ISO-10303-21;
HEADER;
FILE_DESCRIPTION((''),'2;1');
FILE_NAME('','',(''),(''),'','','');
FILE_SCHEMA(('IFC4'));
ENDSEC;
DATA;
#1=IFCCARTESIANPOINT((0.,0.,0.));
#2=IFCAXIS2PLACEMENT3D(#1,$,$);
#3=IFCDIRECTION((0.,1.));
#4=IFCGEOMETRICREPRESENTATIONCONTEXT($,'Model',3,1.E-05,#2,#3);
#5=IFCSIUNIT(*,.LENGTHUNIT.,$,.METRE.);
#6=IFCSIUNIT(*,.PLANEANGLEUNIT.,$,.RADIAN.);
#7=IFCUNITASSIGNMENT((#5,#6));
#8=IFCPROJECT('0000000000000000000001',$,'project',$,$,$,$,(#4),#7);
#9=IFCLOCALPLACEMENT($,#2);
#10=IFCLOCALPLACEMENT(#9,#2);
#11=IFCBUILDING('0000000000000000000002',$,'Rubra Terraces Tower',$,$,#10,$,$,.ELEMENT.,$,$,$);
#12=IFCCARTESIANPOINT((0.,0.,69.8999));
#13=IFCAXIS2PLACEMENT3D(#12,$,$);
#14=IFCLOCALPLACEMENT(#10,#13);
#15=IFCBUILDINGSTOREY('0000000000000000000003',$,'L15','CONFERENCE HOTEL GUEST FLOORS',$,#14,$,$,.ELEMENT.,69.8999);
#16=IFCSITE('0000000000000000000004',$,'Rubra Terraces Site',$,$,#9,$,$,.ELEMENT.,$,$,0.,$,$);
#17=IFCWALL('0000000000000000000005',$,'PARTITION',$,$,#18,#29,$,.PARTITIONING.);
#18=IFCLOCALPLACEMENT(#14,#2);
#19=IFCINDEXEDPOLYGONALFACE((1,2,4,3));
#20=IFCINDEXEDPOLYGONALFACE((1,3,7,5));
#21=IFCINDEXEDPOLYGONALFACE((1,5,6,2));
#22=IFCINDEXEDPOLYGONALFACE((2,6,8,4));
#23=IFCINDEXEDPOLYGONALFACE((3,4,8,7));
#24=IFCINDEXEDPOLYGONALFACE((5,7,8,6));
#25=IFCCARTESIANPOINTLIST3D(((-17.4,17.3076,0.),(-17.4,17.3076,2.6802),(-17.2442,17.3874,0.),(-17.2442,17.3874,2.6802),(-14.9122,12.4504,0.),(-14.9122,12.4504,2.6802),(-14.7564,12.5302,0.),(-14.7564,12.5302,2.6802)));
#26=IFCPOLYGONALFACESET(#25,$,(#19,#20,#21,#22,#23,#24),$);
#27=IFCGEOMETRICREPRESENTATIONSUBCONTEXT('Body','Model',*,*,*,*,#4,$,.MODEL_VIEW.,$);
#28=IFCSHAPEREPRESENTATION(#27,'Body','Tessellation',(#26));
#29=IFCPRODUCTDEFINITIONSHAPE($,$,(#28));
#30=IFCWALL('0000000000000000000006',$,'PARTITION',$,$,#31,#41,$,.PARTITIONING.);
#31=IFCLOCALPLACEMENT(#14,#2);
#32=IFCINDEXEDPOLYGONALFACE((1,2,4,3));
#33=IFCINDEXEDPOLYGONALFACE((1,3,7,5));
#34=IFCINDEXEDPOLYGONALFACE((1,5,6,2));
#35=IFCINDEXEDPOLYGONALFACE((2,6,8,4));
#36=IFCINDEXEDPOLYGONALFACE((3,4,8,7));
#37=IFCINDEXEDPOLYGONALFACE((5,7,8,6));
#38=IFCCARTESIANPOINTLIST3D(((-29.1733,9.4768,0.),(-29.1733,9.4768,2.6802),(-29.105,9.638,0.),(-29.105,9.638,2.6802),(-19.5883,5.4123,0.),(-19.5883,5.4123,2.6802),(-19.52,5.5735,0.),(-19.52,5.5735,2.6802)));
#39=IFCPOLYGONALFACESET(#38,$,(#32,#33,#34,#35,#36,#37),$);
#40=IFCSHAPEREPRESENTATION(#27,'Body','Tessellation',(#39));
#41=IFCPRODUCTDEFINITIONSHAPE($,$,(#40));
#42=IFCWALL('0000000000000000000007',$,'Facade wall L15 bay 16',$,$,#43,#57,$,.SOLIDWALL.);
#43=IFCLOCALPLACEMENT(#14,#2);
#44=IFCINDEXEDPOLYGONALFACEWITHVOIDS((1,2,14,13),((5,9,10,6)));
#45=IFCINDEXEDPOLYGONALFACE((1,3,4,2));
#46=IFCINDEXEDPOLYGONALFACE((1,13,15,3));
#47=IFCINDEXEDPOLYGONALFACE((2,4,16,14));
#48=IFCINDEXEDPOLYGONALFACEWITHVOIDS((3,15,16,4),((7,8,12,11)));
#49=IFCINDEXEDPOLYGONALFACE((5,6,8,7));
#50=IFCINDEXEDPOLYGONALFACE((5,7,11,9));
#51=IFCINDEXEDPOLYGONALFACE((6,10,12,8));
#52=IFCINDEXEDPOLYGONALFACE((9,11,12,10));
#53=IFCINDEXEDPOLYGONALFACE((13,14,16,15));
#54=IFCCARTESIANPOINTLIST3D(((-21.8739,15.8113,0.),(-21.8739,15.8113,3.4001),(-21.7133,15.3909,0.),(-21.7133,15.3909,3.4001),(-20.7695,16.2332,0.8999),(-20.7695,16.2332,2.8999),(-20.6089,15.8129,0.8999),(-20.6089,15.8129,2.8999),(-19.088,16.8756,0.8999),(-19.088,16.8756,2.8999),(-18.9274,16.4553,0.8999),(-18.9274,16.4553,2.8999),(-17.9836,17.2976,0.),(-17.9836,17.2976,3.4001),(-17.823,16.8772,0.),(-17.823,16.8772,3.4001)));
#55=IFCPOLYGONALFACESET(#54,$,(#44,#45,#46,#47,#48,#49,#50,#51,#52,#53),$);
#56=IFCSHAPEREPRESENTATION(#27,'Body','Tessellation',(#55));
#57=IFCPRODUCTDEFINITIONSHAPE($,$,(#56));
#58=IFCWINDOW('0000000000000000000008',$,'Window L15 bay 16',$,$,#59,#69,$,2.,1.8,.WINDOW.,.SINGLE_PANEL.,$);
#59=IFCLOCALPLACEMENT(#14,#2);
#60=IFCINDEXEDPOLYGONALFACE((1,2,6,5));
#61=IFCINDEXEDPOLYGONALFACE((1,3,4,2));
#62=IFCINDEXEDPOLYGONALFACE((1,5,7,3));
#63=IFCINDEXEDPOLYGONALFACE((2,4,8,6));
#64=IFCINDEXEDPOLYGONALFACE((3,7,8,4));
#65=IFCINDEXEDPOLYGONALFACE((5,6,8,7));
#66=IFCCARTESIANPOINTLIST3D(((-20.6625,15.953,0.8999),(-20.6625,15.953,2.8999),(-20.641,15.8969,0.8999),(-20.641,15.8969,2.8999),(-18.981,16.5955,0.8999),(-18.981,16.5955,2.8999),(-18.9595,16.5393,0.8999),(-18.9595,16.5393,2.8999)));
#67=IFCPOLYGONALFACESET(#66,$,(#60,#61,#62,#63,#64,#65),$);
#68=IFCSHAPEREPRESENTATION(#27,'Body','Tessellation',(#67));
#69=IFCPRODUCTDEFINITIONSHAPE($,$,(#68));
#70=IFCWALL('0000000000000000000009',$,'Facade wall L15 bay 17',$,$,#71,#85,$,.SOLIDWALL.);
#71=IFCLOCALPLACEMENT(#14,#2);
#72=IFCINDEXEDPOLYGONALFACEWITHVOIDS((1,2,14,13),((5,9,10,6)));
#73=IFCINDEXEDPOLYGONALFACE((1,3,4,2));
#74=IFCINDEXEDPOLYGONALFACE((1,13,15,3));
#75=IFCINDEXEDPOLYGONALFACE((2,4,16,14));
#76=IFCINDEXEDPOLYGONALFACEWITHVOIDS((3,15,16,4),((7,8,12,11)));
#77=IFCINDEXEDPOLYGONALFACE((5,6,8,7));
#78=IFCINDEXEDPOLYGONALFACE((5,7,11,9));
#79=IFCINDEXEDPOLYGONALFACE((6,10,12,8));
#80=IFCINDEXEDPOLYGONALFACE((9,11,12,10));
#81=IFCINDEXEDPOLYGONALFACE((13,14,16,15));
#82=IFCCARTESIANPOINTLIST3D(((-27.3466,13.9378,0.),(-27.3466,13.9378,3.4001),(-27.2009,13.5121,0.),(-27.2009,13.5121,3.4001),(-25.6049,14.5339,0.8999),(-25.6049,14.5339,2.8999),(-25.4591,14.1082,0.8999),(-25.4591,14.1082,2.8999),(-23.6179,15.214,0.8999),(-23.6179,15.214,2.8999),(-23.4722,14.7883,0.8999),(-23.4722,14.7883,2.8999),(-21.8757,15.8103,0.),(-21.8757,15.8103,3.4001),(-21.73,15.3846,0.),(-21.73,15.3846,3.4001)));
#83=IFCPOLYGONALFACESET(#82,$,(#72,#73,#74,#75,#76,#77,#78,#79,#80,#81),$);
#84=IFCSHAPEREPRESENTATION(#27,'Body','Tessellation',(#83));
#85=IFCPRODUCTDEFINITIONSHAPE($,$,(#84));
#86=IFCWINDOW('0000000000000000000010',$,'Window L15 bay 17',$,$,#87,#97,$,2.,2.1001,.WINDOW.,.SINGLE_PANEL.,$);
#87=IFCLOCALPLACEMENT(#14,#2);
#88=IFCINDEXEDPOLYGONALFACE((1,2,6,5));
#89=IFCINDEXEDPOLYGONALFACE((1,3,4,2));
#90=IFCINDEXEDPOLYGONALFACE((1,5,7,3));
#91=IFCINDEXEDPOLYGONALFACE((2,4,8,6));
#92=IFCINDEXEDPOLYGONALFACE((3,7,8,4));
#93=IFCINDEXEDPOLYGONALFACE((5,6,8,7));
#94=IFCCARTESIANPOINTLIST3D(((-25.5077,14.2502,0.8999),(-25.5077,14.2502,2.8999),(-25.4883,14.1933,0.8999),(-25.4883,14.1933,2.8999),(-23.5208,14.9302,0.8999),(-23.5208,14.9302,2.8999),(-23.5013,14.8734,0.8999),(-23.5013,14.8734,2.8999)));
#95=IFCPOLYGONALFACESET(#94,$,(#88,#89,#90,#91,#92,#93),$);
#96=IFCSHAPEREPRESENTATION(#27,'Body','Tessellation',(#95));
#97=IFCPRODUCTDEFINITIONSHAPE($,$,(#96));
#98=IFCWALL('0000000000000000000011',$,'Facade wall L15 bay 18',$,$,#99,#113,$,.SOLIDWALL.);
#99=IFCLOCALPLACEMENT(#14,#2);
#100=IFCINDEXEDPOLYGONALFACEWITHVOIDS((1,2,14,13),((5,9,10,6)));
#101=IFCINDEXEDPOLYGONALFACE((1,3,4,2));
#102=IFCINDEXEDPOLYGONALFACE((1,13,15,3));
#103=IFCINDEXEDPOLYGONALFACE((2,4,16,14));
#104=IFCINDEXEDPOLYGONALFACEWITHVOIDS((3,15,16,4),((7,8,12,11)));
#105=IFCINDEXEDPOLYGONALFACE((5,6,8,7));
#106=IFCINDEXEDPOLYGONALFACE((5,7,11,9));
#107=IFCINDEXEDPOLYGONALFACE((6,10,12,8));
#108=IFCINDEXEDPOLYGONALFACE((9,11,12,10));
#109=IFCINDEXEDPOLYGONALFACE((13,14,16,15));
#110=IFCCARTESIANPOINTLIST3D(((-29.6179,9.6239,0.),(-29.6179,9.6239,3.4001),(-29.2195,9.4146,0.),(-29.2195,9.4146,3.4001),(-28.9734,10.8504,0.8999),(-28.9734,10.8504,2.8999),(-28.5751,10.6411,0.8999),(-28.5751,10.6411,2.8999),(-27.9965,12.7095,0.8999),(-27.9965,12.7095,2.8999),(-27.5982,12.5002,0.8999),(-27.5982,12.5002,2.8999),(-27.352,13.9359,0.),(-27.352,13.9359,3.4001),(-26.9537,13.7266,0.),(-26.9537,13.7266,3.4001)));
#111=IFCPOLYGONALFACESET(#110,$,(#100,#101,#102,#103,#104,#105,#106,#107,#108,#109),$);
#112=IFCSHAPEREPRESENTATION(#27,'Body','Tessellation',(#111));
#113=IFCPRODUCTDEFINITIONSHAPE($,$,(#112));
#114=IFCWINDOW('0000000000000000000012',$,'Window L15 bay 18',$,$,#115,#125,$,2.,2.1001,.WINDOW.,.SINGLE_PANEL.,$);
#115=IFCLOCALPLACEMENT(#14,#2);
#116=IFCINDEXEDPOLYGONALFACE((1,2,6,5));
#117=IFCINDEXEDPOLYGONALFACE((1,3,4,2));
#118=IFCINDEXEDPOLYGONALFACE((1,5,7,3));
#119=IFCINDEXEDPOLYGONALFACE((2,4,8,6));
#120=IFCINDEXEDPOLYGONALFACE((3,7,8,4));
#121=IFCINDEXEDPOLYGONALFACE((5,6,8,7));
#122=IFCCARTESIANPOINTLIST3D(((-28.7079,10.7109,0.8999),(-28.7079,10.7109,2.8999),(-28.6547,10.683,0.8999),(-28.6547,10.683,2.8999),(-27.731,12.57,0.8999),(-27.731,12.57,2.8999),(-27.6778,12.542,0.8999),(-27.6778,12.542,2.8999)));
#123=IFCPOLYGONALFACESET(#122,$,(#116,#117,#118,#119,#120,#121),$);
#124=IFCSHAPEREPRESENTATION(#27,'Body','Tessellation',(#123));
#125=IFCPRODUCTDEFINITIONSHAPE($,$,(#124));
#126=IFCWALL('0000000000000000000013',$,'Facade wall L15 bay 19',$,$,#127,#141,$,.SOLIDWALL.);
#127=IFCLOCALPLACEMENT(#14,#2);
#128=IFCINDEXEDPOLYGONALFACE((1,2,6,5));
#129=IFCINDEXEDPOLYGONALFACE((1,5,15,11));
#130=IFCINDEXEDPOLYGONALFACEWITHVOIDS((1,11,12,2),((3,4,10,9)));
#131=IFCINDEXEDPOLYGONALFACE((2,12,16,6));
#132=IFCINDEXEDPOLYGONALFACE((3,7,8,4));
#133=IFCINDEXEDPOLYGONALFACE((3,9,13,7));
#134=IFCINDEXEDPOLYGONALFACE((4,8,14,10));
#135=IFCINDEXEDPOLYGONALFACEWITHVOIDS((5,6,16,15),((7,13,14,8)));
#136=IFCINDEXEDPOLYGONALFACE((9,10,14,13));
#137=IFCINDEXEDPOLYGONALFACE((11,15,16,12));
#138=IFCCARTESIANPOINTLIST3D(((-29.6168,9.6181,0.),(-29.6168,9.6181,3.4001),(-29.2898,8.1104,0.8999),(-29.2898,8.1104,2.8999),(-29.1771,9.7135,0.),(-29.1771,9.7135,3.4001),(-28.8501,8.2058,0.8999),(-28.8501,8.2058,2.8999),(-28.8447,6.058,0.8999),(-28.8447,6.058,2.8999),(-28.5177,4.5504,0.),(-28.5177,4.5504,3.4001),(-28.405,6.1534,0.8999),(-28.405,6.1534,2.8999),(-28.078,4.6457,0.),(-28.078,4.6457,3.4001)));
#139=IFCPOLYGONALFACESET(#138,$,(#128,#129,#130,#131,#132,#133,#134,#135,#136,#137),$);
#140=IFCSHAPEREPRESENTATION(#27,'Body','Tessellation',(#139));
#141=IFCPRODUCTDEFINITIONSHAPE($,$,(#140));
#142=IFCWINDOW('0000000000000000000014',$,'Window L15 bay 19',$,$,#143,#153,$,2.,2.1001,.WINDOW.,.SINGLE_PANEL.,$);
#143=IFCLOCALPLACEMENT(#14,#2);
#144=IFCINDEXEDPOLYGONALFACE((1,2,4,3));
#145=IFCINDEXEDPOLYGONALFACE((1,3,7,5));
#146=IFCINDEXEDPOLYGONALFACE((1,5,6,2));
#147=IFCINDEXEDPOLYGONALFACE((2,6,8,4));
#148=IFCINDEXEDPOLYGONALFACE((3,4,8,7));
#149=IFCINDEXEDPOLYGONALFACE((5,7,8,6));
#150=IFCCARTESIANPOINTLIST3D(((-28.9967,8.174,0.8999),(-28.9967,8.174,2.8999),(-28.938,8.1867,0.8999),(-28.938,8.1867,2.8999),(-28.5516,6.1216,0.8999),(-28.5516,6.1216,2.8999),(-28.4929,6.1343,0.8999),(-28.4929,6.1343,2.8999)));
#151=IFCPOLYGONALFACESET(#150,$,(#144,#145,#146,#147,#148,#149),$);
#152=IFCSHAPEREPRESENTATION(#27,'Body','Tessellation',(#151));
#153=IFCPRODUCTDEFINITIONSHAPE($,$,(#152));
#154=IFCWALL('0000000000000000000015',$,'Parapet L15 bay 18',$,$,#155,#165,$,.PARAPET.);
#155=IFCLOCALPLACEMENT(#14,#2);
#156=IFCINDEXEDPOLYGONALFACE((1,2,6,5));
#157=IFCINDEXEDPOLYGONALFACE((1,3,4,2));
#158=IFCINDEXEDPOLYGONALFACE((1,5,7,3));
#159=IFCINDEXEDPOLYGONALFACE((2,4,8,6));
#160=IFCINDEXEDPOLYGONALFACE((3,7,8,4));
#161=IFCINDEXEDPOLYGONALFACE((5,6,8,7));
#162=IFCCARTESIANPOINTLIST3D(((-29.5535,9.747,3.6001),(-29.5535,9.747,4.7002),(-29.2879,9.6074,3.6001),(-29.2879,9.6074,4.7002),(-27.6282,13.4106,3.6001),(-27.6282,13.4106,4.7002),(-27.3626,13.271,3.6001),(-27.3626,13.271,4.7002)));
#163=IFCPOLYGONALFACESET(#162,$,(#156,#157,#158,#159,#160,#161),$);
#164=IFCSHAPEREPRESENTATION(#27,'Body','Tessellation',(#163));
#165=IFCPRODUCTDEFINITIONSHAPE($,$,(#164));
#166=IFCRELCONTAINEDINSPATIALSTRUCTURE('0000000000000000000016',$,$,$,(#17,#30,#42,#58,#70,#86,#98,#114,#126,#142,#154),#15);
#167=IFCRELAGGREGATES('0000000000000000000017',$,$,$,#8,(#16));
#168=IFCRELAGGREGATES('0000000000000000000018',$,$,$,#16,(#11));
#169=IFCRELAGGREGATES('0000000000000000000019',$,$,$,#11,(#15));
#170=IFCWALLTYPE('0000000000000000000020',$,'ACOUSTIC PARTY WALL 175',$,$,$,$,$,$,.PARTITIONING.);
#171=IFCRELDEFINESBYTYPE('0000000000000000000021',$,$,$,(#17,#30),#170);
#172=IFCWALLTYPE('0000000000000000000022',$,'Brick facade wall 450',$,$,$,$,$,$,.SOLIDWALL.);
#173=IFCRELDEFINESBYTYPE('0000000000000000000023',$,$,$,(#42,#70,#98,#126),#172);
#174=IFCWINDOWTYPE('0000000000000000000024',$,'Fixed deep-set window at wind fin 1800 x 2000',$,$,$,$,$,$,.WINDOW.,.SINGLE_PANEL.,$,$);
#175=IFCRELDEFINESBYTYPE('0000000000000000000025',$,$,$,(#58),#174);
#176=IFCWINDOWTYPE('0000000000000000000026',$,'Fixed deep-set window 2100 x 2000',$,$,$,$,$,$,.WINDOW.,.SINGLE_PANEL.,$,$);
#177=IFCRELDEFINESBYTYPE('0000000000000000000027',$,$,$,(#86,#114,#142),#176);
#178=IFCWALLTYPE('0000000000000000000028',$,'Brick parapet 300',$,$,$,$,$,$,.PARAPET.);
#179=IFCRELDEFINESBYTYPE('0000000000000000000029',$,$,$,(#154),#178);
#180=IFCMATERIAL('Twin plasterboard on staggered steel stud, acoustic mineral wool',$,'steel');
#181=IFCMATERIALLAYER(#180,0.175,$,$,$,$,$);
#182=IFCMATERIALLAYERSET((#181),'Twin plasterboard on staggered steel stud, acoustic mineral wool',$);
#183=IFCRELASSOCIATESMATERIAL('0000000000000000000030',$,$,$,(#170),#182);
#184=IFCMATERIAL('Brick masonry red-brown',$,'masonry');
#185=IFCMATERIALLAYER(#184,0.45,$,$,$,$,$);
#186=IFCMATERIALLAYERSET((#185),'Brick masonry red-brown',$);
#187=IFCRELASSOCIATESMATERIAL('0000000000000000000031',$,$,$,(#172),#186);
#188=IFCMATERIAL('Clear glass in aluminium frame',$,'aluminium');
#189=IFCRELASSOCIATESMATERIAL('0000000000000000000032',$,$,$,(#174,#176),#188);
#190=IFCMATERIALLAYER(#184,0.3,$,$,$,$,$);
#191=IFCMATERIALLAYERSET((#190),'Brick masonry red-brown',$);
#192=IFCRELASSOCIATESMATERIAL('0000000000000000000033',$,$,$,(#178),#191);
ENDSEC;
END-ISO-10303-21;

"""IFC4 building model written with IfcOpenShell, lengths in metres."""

from ifc_helpers import new_model, si_unit, direction, frame, frame_2d, origin, place, context, subcontext, project, spatial, rectangle, extrude, material, layer, layer_set, type_object, element, fill, save


model = new_model("IFC4")

# Units and contexts
model_context = context("Model", 3, precision=1e-05, world=origin(), true_north=direction((0.0, 1.0)))
body_context = subcontext(model_context, "Body", "Model", "MODEL_VIEW")
ifc_project = project(units=[si_unit("LENGTHUNIT", "METRE"), si_unit("PLANEANGLEUNIT", "RADIAN")], contexts=[model_context])

# Site, building, storey
site_placement = place(None, origin())
site = spatial("IfcSite", under=ifc_project, at=site_placement, Name="Rubra Terraces Site", CompositionType="ELEMENT", RefElevation=0.0)
building_placement = place(site_placement, origin())
building = spatial("IfcBuilding", under=site, at=building_placement, Name="Rubra Terraces Tower", CompositionType="ELEMENT")
storey_placement = place(building_placement, frame((0.0, 0.0, 69.8999)))
storey = spatial("IfcBuildingStorey", under=building, at=storey_placement, Name="L15", Description="CONFERENCE HOTEL GUEST FLOORS", CompositionType="ELEMENT", Elevation=69.8999)

# Walls
ifc_material_1 = material(Name="Twin plasterboard on staggered steel stud, acoustic mineral wool", Category="steel")
ifc_layer_1 = layer(ifc_material_1, 0.175)
ifc_layer_set_1 = layer_set([ifc_layer_1], Name="Twin plasterboard on staggered steel stud, acoustic mineral wool")
wall_type_1 = type_object("IfcWallType", Name="ACOUSTIC PARTY WALL 175", PredefinedType="PARTITIONING", material=ifc_layer_set_1)
wall_1_placement = place(storey_placement, frame((-17.322, 17.3474, 0.0), z_axis=(0.0, 0.0, 1.0), x_axis=(0.455872, -0.890046, 0.0)))
element("IfcWall", 1, at=wall_1_placement, inside=storey, type_object=wall_type_1, Name="PARTITION", PredefinedType="PARTITIONING", context=body_context, shape_type="SweptSolid", body=[
    extrude(rectangle(XDim=5.4573, YDim=0.175, at=frame_2d((2.7285, 0.0))), origin(), (0.0, 0.0, 1.0), 2.6802),
])
wall_2_placement = place(storey_placement, frame((-29.1392, 9.5574, 0.0), z_axis=(0.0, 0.0, 1.0), x_axis=(0.920647, -0.390396, 0.0)))
element("IfcWall", 2, at=wall_2_placement, inside=storey, type_object=wall_type_1, Name="PARTITION", PredefinedType="PARTITIONING", context=body_context, shape_type="SweptSolid", body=[
    extrude(rectangle(XDim=10.4111, YDim=0.175, at=frame_2d((5.2056, 0.0))), origin(), (0.0, 0.0, 1.0), 2.6802),
])

# Walls, openings, windows
ifc_material_2 = material(Name="Brick masonry red-brown", Category="masonry")
ifc_layer_2 = layer(ifc_material_2, 0.45)
ifc_layer_set_2 = layer_set([ifc_layer_2], Name="Brick masonry red-brown")
wall_type_2 = type_object("IfcWallType", Name="Brick facade wall 450", PredefinedType="SOLIDWALL", material=ifc_layer_set_2)
wall_3_placement = place(storey_placement, frame((-17.9033, 17.0874, 0.0), z_axis=(0.0, 0.0, 1.0), x_axis=(-0.934146, -0.356892, 0.0)))
wall_3 = element("IfcWall", 3, at=wall_3_placement, inside=storey, type_object=wall_type_2, Name="Facade wall L15 bay 16", PredefinedType="SOLIDWALL", context=body_context, shape_type="SweptSolid", body=[
    extrude(rectangle(XDim=4.1646, YDim=0.45, at=frame_2d((2.0823, 0.0))), origin(), (0.0, 0.0, 1.0), 3.4001),
])
opening_1_placement = place(wall_3_placement, frame((1.1824, 0.0, 0.8999)))
opening_1 = element("IfcOpeningElement", 4, at=opening_1_placement, cuts=wall_3, PredefinedType="OPENING", context=body_context, shape_type="SweptSolid", body=[
    extrude(rectangle(XDim=1.8, YDim=2.0, at=frame_2d((0.8999, 1.0))), frame((0.0, 0.2349, 0.0), z_axis=(0.0, -1.0, 0.0), x_axis=(1.0, 0.0, 0.0)), (0.0, 0.0, 1.0), 0.47),
])
ifc_material_3 = material(Name="Clear glass in aluminium frame", Category="aluminium")
window_type_1 = type_object("IfcWindowType", Name="Fixed deep-set window at wind fin 1800 x 2000", PartitioningType="SINGLE_PANEL", PredefinedType="WINDOW", material=ifc_material_3)
window_1_placement = place(opening_1_placement, origin())
window_1 = element("IfcWindow", 5, at=window_1_placement, inside=storey, type_object=window_type_1, Name="Window L15 bay 16", OverallHeight=2.0, OverallWidth=1.8, PartitioningType="SINGLE_PANEL", PredefinedType="WINDOW", context=body_context, shape_type="SweptSolid", body=[
    extrude(rectangle(XDim=1.8, YDim=2.0, at=frame_2d((0.8999, 1.0))), frame((0.0, 0.135, 0.0), z_axis=(0.0, -1.0, 0.0), x_axis=(1.0, 0.0, 0.0)), (0.0, 0.0, 1.0), 0.0601),
])
fill(opening_1, window_1)
wall_4_placement = place(storey_placement, frame((-21.803, 15.5974, 0.0), z_axis=(0.0, 0.0, 1.0), x_axis=(-0.946115, -0.32383, 0.0)))
wall_4 = element("IfcWall", 6, at=wall_4_placement, inside=storey, type_object=wall_type_2, Name="Facade wall L15 bay 17", PredefinedType="SOLIDWALL", context=body_context, shape_type="SweptSolid", body=[
    extrude(rectangle(XDim=5.7825, YDim=0.45, at=frame_2d((2.8911, 0.0))), origin(), (0.0, 0.0, 1.0), 3.4001),
])
opening_2_placement = place(wall_4_placement, frame((1.8413, 0.0, 0.8999)))
opening_2 = element("IfcOpeningElement", 7, at=opening_2_placement, cuts=wall_4, PredefinedType="OPENING", context=body_context, shape_type="SweptSolid", body=[
    extrude(rectangle(XDim=2.1001, YDim=2.0, at=frame_2d((1.05, 1.0))), frame((0.0, 0.2349, 0.0), z_axis=(0.0, -1.0, 0.0), x_axis=(1.0, 0.0, 0.0)), (0.0, 0.0, 1.0), 0.47),
])
window_type_2 = type_object("IfcWindowType", Name="Fixed deep-set window 2100 x 2000", PartitioningType="SINGLE_PANEL", PredefinedType="WINDOW", material=ifc_material_3)
window_2_placement = place(opening_2_placement, origin())
window_2 = element("IfcWindow", 8, at=window_2_placement, inside=storey, type_object=window_type_2, Name="Window L15 bay 17", OverallHeight=2.0, OverallWidth=2.1001, PartitioningType="SINGLE_PANEL", PredefinedType="WINDOW", context=body_context, shape_type="SweptSolid", body=[
    extrude(rectangle(XDim=2.1001, YDim=2.0, at=frame_2d((1.05, 1.0))), frame((0.0, 0.135, 0.0), z_axis=(0.0, -1.0, 0.0), x_axis=(1.0, 0.0, 0.0)), (0.0, 0.0, 1.0), 0.0601),
])
fill(opening_2, window_2)
wall_5_placement = place(storey_placement, frame((-27.1528, 13.8313, 0.0), z_axis=(0.0, 0.0, 1.0), x_axis=(-0.465166, -0.885224, 0.0)))
wall_5 = element("IfcWall", 9, at=wall_5_placement, inside=storey, type_object=wall_type_2, Name="Facade wall L15 bay 18", PredefinedType="SOLIDWALL", context=body_context, shape_type="SweptSolid", body=[
    extrude(rectangle(XDim=4.8711, YDim=0.45, at=frame_2d((2.4355, 0.0))), origin(), (0.0, 0.0, 1.0), 3.4001),
])
opening_3_placement = place(wall_5_placement, frame((1.3855, 0.0, 0.8999)))
opening_3 = element("IfcOpeningElement", 10, at=opening_3_placement, cuts=wall_5, PredefinedType="OPENING", context=body_context, shape_type="SweptSolid", body=[
    extrude(rectangle(XDim=2.1001, YDim=2.0, at=frame_2d((1.05, 1.0))), frame((0.0, 0.2349, 0.0), z_axis=(0.0, -1.0, 0.0), x_axis=(1.0, 0.0, 0.0)), (0.0, 0.0, 1.0), 0.47),
])
window_3_placement = place(opening_3_placement, origin())
window_3 = element("IfcWindow", 11, at=window_3_placement, inside=storey, type_object=window_type_2, Name="Window L15 bay 18", OverallHeight=2.0, OverallWidth=2.1001, PartitioningType="SINGLE_PANEL", PredefinedType="WINDOW", context=body_context, shape_type="SweptSolid", body=[
    extrude(rectangle(XDim=2.1001, YDim=2.0, at=frame_2d((1.05, 1.0))), frame((0.0, 0.135, 0.0), z_axis=(0.0, -1.0, 0.0), x_axis=(1.0, 0.0, 0.0)), (0.0, 0.0, 1.0), 0.0601),
])
fill(opening_3, window_3)
wall_6_placement = place(storey_placement, frame((-29.397, 9.6658, 0.0), z_axis=(0.0, 0.0, 1.0), x_axis=(0.211962, -0.977278, 0.0)))
wall_6 = element("IfcWall", 12, at=wall_6_placement, inside=storey, type_object=wall_type_2, Name="Facade wall L15 bay 19", PredefinedType="SOLIDWALL", context=body_context, shape_type="SweptSolid", body=[
    extrude(rectangle(XDim=5.1855, YDim=0.45, at=frame_2d((2.5928, 0.0))), origin(), (0.0, 0.0, 1.0), 3.4001),
])
opening_4_placement = place(wall_6_placement, frame((1.5427, 0.0, 0.8999)))
opening_4 = element("IfcOpeningElement", 13, at=opening_4_placement, cuts=wall_6, PredefinedType="OPENING", context=body_context, shape_type="SweptSolid", body=[
    extrude(rectangle(XDim=2.1001, YDim=2.0, at=frame_2d((1.05, 1.0))), frame((0.0, 0.2349, 0.0), z_axis=(0.0, -1.0, 0.0), x_axis=(1.0, 0.0, 0.0)), (0.0, 0.0, 1.0), 0.47),
])
window_4_placement = place(opening_4_placement, origin())
window_4 = element("IfcWindow", 14, at=window_4_placement, inside=storey, type_object=window_type_2, Name="Window L15 bay 19", OverallHeight=2.0, OverallWidth=2.1001, PartitioningType="SINGLE_PANEL", PredefinedType="WINDOW", context=body_context, shape_type="SweptSolid", body=[
    extrude(rectangle(XDim=2.1001, YDim=2.0, at=frame_2d((1.05, 1.0))), frame((0.0, 0.135, 0.0), z_axis=(0.0, -1.0, 0.0), x_axis=(1.0, 0.0, 0.0)), (0.0, 0.0, 1.0), 0.0601),
])
fill(opening_4, window_4)

# Wall
ifc_layer_3 = layer(ifc_material_2, 0.3)
ifc_layer_set_3 = layer_set([ifc_layer_3], Name="Brick masonry red-brown")
wall_type_3 = type_object("IfcWallType", Name="Brick parapet 300", PredefinedType="PARAPET", material=ifc_layer_set_3)
wall_7_placement = place(storey_placement, frame((-27.4954, 13.3408, 3.6001), z_axis=(0.0, 0.0, 1.0), x_axis=(-0.465197, -0.885207, 0.0)))
element("IfcWall", 15, at=wall_7_placement, inside=storey, type_object=wall_type_3, Name="Parapet L15 bay 18", PredefinedType="PARAPET", context=body_context, shape_type="SweptSolid", body=[
    extrude(rectangle(XDim=4.1387, YDim=0.3, at=frame_2d((2.0693, 0.0))), origin(), (0.0, 0.0, 1.0), 1.1001),
])

save(model, "model.ifc")
